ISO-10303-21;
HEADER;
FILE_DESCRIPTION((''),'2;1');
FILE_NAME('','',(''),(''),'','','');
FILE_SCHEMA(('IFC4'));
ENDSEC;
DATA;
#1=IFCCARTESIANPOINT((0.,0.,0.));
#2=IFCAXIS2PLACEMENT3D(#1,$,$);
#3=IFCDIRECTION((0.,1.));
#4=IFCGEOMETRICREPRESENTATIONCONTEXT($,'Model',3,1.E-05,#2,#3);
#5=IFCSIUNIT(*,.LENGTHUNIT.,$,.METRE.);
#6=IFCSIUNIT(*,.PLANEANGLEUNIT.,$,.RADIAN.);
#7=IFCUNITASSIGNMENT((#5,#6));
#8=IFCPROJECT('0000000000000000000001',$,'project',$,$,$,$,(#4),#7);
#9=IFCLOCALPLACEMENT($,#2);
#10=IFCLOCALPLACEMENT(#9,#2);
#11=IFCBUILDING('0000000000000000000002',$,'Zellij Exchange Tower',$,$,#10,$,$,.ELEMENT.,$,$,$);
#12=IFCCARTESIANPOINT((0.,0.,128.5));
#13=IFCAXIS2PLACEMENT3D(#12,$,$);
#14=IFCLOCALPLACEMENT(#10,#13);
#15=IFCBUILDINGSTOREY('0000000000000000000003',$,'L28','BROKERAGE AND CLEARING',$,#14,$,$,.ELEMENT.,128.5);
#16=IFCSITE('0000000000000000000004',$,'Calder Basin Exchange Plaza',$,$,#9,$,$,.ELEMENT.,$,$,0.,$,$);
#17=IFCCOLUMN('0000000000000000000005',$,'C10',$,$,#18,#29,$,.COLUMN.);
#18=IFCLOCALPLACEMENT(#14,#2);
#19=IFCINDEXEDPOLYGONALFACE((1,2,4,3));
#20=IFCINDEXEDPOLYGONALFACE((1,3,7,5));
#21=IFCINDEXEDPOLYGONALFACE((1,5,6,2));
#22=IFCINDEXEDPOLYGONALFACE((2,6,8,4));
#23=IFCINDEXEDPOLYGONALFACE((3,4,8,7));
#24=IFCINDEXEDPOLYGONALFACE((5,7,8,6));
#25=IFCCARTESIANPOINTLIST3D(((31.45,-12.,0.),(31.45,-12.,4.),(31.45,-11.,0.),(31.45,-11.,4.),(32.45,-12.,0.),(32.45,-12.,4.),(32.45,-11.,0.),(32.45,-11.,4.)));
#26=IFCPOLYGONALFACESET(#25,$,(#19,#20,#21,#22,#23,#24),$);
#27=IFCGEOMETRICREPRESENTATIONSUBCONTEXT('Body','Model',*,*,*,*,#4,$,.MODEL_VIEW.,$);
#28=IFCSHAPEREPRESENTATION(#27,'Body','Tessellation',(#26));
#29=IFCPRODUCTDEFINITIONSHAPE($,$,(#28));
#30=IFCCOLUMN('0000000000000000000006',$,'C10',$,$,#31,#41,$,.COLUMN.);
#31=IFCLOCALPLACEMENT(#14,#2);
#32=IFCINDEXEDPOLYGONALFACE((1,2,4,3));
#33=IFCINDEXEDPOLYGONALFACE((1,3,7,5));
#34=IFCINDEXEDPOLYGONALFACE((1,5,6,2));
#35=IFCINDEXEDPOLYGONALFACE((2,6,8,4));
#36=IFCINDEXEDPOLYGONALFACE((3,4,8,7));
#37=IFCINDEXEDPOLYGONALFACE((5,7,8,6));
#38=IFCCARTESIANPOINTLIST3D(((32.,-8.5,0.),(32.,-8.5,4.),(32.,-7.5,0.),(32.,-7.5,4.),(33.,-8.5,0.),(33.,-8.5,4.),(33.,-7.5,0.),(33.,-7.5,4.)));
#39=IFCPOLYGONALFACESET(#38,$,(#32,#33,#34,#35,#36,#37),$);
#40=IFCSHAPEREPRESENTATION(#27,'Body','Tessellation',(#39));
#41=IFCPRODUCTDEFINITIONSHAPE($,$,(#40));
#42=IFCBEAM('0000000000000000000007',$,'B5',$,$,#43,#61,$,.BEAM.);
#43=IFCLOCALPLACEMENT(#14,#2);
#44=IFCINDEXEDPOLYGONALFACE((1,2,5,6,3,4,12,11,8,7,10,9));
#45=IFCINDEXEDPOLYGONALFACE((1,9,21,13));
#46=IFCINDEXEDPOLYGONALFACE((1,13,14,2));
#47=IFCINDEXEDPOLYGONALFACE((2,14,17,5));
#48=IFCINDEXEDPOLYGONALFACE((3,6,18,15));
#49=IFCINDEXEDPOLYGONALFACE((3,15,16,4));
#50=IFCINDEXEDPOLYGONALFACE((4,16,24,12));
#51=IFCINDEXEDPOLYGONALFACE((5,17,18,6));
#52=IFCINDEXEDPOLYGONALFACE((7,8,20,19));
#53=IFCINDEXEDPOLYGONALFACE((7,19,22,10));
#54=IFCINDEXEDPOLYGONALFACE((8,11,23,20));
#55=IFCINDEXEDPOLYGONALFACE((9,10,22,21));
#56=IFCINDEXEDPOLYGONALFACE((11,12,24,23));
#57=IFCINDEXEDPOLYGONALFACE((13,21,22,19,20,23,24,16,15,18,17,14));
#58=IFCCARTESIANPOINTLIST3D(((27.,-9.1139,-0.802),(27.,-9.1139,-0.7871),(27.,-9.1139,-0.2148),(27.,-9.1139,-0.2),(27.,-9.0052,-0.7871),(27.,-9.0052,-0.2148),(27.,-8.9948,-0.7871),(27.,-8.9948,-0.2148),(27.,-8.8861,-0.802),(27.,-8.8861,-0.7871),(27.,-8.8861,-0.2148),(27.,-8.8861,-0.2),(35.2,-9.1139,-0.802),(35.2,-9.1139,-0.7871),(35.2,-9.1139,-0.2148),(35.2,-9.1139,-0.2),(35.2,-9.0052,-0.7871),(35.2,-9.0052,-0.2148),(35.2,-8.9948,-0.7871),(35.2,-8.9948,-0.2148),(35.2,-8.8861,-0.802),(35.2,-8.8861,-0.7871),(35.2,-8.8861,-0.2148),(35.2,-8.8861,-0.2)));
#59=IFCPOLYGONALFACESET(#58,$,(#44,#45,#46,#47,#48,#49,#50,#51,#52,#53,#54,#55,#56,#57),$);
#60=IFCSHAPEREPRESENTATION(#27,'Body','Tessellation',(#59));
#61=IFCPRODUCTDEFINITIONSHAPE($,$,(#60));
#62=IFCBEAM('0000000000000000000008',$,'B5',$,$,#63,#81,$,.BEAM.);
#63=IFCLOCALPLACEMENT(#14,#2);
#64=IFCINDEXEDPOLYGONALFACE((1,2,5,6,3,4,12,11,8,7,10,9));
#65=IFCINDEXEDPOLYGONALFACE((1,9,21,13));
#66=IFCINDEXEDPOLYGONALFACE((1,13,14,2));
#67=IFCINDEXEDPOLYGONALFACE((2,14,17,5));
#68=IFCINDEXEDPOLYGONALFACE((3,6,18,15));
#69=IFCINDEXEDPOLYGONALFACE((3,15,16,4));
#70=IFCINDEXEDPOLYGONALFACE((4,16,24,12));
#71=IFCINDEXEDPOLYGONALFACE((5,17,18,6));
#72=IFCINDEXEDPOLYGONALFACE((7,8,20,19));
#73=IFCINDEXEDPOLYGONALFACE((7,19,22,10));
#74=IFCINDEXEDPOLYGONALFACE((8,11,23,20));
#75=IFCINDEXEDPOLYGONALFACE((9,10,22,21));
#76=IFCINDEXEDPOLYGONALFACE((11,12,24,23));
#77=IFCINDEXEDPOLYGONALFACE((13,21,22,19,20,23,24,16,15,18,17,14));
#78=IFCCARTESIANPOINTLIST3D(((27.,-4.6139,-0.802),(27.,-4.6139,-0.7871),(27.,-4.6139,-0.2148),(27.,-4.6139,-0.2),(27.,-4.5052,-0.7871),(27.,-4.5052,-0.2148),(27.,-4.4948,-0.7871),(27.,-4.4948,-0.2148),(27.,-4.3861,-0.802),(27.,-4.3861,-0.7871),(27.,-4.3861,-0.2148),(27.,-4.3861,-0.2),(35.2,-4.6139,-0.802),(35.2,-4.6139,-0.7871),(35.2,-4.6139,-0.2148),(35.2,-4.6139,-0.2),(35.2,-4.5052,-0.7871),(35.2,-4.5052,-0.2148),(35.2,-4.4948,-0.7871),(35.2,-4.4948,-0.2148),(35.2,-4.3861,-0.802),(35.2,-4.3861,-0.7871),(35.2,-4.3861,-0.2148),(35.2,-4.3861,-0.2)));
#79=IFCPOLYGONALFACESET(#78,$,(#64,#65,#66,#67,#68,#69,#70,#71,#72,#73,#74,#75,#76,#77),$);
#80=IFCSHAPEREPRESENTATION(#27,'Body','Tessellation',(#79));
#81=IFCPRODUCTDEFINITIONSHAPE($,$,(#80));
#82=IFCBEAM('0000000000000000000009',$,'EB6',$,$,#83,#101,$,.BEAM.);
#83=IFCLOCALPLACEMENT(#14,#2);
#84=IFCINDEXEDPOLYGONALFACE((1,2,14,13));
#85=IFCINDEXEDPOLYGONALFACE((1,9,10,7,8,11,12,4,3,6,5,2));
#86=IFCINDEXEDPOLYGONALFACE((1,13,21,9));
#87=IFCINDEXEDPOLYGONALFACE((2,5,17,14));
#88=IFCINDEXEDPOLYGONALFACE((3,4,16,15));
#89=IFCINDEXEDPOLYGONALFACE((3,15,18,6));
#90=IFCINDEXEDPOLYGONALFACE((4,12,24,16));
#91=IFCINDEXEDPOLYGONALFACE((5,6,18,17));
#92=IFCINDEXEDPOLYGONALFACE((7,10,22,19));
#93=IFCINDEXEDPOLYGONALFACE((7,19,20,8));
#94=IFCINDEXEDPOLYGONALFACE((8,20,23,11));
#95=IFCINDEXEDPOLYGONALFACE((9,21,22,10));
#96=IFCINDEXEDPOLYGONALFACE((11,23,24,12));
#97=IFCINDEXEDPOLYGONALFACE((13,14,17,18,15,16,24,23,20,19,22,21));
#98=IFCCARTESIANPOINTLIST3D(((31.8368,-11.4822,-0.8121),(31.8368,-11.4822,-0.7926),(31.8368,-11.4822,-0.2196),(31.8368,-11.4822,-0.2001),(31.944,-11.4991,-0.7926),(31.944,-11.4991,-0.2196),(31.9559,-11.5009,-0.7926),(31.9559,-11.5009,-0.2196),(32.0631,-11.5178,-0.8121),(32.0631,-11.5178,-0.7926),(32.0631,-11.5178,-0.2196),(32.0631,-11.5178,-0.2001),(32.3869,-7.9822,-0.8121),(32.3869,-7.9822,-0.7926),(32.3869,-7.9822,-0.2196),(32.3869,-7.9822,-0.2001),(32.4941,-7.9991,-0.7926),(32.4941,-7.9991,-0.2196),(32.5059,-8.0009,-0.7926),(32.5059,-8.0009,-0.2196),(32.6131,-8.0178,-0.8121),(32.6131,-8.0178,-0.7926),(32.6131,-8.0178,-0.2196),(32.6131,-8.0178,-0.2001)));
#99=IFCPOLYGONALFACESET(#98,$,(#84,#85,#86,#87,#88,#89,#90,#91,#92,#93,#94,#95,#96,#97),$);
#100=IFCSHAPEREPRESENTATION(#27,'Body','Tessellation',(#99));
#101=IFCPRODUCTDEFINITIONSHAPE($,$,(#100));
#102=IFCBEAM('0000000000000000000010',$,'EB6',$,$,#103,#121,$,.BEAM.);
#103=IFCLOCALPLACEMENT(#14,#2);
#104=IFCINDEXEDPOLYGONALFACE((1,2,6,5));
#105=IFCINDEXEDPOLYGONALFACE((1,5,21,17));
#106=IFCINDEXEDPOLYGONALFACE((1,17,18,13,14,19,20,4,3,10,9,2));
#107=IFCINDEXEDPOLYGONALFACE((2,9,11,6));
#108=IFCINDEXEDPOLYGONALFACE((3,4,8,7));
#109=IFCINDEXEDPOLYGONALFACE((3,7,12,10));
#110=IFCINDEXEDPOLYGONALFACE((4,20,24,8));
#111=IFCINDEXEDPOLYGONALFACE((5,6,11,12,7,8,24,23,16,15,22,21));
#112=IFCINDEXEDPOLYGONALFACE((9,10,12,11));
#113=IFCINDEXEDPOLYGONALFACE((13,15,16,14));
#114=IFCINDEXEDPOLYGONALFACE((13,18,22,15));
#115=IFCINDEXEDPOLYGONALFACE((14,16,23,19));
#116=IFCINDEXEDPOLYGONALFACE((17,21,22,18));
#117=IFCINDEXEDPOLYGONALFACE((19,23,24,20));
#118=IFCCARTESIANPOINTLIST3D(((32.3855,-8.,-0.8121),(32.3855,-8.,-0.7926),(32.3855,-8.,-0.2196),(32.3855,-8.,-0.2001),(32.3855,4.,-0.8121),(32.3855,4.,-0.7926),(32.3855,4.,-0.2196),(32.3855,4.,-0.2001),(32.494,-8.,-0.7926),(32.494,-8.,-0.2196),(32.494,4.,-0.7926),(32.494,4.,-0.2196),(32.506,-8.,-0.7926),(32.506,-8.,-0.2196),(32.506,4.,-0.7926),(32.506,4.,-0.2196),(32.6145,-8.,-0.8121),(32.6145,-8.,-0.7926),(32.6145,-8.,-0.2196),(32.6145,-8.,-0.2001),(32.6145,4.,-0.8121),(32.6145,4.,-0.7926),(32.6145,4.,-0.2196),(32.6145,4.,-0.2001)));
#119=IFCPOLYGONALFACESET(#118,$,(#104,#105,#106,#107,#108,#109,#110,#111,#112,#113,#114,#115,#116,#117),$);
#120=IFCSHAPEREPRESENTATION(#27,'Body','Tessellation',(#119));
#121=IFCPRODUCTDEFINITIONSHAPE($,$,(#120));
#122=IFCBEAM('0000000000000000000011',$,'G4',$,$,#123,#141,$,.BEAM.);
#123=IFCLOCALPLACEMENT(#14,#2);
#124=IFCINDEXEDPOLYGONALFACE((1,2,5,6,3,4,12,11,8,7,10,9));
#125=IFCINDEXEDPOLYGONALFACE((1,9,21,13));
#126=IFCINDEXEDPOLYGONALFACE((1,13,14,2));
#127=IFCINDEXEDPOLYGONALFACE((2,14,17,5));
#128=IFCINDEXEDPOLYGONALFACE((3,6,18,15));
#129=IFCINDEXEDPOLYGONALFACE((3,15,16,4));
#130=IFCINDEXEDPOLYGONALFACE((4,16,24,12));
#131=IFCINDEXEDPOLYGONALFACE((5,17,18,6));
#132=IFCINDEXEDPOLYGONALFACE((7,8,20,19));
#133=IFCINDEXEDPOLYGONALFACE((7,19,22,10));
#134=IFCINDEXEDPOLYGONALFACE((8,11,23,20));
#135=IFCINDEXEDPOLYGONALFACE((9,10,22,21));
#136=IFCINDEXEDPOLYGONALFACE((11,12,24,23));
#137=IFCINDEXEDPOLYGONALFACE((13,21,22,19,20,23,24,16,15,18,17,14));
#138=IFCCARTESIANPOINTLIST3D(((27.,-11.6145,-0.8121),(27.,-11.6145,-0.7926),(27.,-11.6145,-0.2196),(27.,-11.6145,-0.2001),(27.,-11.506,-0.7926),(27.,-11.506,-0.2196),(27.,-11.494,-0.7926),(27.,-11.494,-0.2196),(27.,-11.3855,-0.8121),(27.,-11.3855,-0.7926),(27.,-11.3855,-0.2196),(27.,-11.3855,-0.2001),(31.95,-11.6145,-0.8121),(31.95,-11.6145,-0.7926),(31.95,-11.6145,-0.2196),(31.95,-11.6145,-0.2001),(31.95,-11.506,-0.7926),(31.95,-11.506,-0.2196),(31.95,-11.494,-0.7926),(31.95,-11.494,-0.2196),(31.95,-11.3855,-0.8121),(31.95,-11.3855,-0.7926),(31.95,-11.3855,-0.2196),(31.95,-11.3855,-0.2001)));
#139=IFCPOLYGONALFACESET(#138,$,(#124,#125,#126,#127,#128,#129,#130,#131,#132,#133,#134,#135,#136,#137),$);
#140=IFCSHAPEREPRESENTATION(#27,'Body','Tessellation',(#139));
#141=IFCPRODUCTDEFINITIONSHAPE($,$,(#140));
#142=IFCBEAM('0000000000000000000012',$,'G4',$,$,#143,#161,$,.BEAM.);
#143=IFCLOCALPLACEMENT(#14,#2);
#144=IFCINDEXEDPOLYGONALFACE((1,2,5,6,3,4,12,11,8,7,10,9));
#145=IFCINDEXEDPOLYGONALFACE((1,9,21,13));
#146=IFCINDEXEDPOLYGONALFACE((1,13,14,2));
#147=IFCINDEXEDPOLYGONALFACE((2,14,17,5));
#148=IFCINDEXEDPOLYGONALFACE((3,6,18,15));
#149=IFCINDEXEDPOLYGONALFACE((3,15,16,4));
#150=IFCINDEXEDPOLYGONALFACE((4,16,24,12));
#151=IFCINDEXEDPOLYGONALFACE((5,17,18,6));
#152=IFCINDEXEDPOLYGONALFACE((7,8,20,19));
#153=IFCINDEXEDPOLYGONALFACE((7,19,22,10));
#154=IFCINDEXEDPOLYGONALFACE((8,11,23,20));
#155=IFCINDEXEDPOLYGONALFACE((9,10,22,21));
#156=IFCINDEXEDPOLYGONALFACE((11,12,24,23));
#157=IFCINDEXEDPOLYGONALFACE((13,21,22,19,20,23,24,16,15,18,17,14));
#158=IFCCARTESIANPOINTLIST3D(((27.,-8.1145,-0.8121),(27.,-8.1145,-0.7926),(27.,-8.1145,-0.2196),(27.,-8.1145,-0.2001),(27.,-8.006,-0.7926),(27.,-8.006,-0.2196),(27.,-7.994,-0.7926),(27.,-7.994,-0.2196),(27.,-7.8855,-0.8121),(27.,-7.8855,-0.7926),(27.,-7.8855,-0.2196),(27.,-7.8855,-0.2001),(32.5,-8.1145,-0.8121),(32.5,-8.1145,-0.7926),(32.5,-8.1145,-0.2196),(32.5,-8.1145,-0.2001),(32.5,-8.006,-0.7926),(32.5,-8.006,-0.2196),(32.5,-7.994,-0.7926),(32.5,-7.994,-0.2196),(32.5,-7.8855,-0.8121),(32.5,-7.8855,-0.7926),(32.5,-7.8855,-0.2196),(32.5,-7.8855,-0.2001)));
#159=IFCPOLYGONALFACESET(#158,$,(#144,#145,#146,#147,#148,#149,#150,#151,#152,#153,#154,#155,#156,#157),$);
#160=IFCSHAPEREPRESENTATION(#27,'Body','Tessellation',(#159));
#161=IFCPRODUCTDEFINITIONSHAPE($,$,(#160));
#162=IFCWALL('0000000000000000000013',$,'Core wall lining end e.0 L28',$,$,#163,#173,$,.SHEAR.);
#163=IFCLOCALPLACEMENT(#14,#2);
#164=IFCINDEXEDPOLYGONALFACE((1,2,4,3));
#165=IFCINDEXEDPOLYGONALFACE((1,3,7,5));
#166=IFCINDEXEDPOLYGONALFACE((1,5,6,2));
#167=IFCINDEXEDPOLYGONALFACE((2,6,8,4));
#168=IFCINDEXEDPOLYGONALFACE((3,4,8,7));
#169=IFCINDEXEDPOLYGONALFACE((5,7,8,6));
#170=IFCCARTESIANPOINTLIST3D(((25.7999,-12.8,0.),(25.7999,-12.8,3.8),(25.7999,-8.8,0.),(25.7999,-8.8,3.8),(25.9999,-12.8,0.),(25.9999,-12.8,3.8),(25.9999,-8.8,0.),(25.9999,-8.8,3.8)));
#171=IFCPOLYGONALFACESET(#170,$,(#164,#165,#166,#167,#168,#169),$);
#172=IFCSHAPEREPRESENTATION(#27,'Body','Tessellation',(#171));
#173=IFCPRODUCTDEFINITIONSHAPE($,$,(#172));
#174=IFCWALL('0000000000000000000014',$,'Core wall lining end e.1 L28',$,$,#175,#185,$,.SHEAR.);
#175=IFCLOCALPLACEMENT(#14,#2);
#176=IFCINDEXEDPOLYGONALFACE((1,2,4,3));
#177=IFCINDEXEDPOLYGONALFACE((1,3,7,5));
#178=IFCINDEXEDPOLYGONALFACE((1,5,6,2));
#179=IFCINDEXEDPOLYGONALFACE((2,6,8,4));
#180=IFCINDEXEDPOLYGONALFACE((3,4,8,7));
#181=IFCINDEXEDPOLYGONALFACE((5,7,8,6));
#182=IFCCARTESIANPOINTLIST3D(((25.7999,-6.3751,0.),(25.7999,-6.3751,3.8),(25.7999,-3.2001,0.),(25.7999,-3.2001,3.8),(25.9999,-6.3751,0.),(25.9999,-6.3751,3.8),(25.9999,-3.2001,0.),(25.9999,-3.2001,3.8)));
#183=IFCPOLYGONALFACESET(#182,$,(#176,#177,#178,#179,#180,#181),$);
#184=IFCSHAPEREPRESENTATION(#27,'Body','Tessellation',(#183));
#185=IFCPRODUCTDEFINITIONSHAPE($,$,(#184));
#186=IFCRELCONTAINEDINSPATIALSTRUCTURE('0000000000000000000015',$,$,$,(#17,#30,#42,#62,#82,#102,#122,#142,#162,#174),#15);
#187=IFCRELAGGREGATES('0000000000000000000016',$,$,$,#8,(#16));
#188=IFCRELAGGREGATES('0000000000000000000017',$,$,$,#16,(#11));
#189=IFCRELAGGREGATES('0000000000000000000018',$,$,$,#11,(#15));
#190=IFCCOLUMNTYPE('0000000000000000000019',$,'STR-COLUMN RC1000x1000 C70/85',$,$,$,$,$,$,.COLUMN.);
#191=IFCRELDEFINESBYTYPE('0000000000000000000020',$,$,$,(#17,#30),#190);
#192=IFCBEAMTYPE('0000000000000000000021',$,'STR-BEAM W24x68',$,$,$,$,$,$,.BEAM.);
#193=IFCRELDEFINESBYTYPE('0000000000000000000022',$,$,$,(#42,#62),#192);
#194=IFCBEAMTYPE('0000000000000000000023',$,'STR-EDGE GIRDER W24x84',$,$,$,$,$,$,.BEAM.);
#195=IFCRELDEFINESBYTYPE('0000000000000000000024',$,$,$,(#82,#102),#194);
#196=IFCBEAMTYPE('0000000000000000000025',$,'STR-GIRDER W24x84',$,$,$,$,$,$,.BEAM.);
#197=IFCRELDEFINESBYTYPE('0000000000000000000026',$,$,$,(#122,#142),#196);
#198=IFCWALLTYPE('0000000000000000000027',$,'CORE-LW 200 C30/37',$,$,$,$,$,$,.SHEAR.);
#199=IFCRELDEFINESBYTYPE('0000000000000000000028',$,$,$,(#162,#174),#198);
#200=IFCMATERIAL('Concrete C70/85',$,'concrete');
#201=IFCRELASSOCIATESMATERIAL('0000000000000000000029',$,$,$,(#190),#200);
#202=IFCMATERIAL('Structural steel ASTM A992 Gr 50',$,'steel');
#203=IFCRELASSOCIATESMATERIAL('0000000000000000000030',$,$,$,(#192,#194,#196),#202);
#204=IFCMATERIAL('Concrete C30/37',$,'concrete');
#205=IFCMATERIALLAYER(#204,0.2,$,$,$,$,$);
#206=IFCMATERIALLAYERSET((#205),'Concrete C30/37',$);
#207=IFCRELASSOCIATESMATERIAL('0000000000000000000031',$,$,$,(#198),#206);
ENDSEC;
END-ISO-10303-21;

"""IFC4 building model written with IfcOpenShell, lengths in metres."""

from ifc_helpers import new_model, si_unit, direction, frame, frame_2d, origin, origin_2d, place, context, subcontext, project, spatial, rectangle, i_section, extrude, material, layer, layer_set, material_profile, profile_set, type_object, element, save


model = new_model("IFC4")

# Units and contexts
model_context = context("Model", 3, precision=1e-05, world=origin(), true_north=direction((0.0, 1.0)))
body_context = subcontext(model_context, "Body", "Model", "MODEL_VIEW")
ifc_project = project(units=[si_unit("LENGTHUNIT", "METRE"), si_unit("PLANEANGLEUNIT", "RADIAN")], contexts=[model_context])

# Site, building, storey
site_placement = place(None, origin())
site = spatial("IfcSite", under=ifc_project, at=site_placement, Name="Calder Basin Exchange Plaza", CompositionType="ELEMENT", RefElevation=0.0)
building_placement = place(site_placement, origin())
building = spatial("IfcBuilding", under=site, at=building_placement, Name="Zellij Exchange Tower", CompositionType="ELEMENT")
storey_placement = place(building_placement, frame((0.0, 0.0, 128.5)))
storey = spatial("IfcBuildingStorey", under=building, at=storey_placement, Name="L28", Description="BROKERAGE AND CLEARING", CompositionType="ELEMENT", Elevation=128.5)

# Columns
ifc_material_1 = material(Name="Concrete C70/85", Category="concrete")
ifc_material_profile_1 = material_profile(ifc_material_1, rectangle(XDim=1.0, YDim=1.0, at=origin_2d()), Name="STR-COLUMN RC1000x1000 C70/85")
ifc_profile_set_1 = profile_set([ifc_material_profile_1], Name="Concrete C70/85")
column_type = type_object("IfcColumnType", Name="STR-COLUMN RC1000x1000 C70/85", PredefinedType="COLUMN", material=ifc_profile_set_1)
for number, where, z_axis, x_axis, name in (
    (1, (31.95, -11.5, 0.0), (0.0, 0.0, 1.0), (1.0, 0.0, 0.0), "C10"),
    (2, (32.5, -8.0, 0.0), (0.0, 0.0, 1.0), (1.0, 0.0, 0.0), "C10"),
):
    element("IfcColumn", number, at=place(storey_placement, frame(where, z_axis=z_axis, x_axis=x_axis)), inside=storey, type_object=column_type, Name=name, PredefinedType="COLUMN", context=body_context, shape_type="SweptSolid", body=[
        extrude(rectangle(XDim=1.0, YDim=1.0, at=origin_2d()), origin(), (0.0, 0.0, 1.0), 4.0),
    ])

# Beams
ifc_material_2 = material(Name="Structural steel ASTM A992 Gr 50", Category="steel")
ifc_material_profile_2 = material_profile(ifc_material_2, i_section(OverallWidth=0.2278, OverallDepth=0.6021, WebThickness=0.0105, FlangeThickness=0.0149, at=origin_2d()), Name="W24x68")
ifc_profile_set_2 = profile_set([ifc_material_profile_2], Name="Structural steel ASTM A992 Gr 50")
beam_type_1 = type_object("IfcBeamType", Name="STR-BEAM W24x68", PredefinedType="BEAM", material=ifc_profile_set_2)
for number, where, z_axis, x_axis, name in (
    (3, (27.0, -9.0, -0.501), (1.0, 0.0, 0.0), (0.0, 1.0, 0.0), "B5"),
    (4, (27.0, -4.5, -0.501), (1.0, 0.0, 0.0), (0.0, 1.0, 0.0), "B5"),
):
    element("IfcBeam", number, at=place(storey_placement, frame(where, z_axis=z_axis, x_axis=x_axis)), inside=storey, type_object=beam_type_1, Name=name, PredefinedType="BEAM", context=body_context, shape_type="SweptSolid", body=[
        extrude(i_section(OverallWidth=0.2278, OverallDepth=0.6021, WebThickness=0.0105, FlangeThickness=0.0149, at=origin_2d()), origin(), (0.0, 0.0, 1.0), 8.2),
    ])
ifc_material_profile_3 = material_profile(ifc_material_2, i_section(OverallWidth=0.229, OverallDepth=0.6121, WebThickness=0.012, FlangeThickness=0.0195, at=origin_2d()), Name="W24x84")
ifc_profile_set_3 = profile_set([ifc_material_profile_3], Name="Structural steel ASTM A992 Gr 50")
beam_type_2 = type_object("IfcBeamType", Name="STR-EDGE GIRDER W24x84", PredefinedType="BEAM", material=ifc_profile_set_3)
beam_1_placement = place(storey_placement, frame((31.95, -11.5, -0.5061), z_axis=(0.155251, 0.987875, 0.0), x_axis=(-0.987875, 0.155251, 0.0)))
element("IfcBeam", 5, at=beam_1_placement, inside=storey, type_object=beam_type_2, Name="EB6", PredefinedType="BEAM", context=body_context, shape_type="SweptSolid", body=[
    extrude(i_section(OverallWidth=0.229, OverallDepth=0.6121, WebThickness=0.012, FlangeThickness=0.0195, at=origin_2d()), origin(), (0.0, 0.0, 1.0), 3.543),
])
beam_2_placement = place(storey_placement, frame((32.5, -8.0, -0.5061), z_axis=(0.0, 1.0, 0.0), x_axis=(-1.0, 0.0, 0.0)))
element("IfcBeam", 6, at=beam_2_placement, inside=storey, type_object=beam_type_2, Name="EB6", PredefinedType="BEAM", context=body_context, shape_type="SweptSolid", body=[
    extrude(i_section(OverallWidth=0.229, OverallDepth=0.6121, WebThickness=0.012, FlangeThickness=0.0195, at=origin_2d()), origin(), (0.0, 0.0, 1.0), 12.0),
])
ifc_material_profile_4 = material_profile(ifc_material_2, i_section(OverallWidth=0.229, OverallDepth=0.6121, WebThickness=0.012, FlangeThickness=0.0195, at=origin_2d()), Name="W24x84")
ifc_profile_set_4 = profile_set([ifc_material_profile_4], Name="Structural steel ASTM A992 Gr 50")
beam_type_3 = type_object("IfcBeamType", Name="STR-GIRDER W24x84", PredefinedType="BEAM", material=ifc_profile_set_4)
beam_3_placement = place(storey_placement, frame((27.0, -11.5, -0.5061), z_axis=(1.0, 0.0, 0.0), x_axis=(0.0, 1.0, 0.0)))
element("IfcBeam", 7, at=beam_3_placement, inside=storey, type_object=beam_type_3, Name="G4", PredefinedType="BEAM", context=body_context, shape_type="SweptSolid", body=[
    extrude(i_section(OverallWidth=0.229, OverallDepth=0.6121, WebThickness=0.012, FlangeThickness=0.0195, at=origin_2d()), origin(), (0.0, 0.0, 1.0), 4.95),
])
beam_4_placement = place(storey_placement, frame((27.0, -8.0, -0.5061), z_axis=(1.0, 0.0, 0.0), x_axis=(0.0, 1.0, 0.0)))
element("IfcBeam", 8, at=beam_4_placement, inside=storey, type_object=beam_type_3, Name="G4", PredefinedType="BEAM", context=body_context, shape_type="SweptSolid", body=[
    extrude(i_section(OverallWidth=0.229, OverallDepth=0.6121, WebThickness=0.012, FlangeThickness=0.0195, at=origin_2d()), origin(), (0.0, 0.0, 1.0), 5.5),
])

# Walls
ifc_material_3 = material(Name="Concrete C30/37", Category="concrete")
ifc_layer_1 = layer(ifc_material_3, 0.2)
ifc_layer_set_1 = layer_set([ifc_layer_1], Name="Concrete C30/37")
wall_type_1 = type_object("IfcWallType", Name="CORE-LW 200 C30/37", PredefinedType="SHEAR", material=ifc_layer_set_1)
wall_1_placement = place(storey_placement, frame((25.8999, -12.8, 0.0), z_axis=(0.0, 0.0, 1.0), x_axis=(0.0, 1.0, 0.0)))
element("IfcWall", 9, at=wall_1_placement, inside=storey, type_object=wall_type_1, Name="Core wall lining end e.0 L28", PredefinedType="SHEAR", context=body_context, shape_type="SweptSolid", body=[
    extrude(rectangle(XDim=4.0, YDim=0.2, at=frame_2d((2.0, 0.0))), origin(), (0.0, 0.0, 1.0), 3.8),
])
wall_2_placement = place(storey_placement, frame((25.8999, -6.375, 0.0), z_axis=(0.0, 0.0, 1.0), x_axis=(0.0, 1.0, 0.0)))
element("IfcWall", 10, at=wall_2_placement, inside=storey, type_object=wall_type_1, Name="Core wall lining end e.1 L28", PredefinedType="SHEAR", context=body_context, shape_type="SweptSolid", body=[
    extrude(rectangle(XDim=3.175, YDim=0.2, at=frame_2d((1.5874, 0.0))), origin(), (0.0, 0.0, 1.0), 3.8),
])

save(model, "model.ifc")
